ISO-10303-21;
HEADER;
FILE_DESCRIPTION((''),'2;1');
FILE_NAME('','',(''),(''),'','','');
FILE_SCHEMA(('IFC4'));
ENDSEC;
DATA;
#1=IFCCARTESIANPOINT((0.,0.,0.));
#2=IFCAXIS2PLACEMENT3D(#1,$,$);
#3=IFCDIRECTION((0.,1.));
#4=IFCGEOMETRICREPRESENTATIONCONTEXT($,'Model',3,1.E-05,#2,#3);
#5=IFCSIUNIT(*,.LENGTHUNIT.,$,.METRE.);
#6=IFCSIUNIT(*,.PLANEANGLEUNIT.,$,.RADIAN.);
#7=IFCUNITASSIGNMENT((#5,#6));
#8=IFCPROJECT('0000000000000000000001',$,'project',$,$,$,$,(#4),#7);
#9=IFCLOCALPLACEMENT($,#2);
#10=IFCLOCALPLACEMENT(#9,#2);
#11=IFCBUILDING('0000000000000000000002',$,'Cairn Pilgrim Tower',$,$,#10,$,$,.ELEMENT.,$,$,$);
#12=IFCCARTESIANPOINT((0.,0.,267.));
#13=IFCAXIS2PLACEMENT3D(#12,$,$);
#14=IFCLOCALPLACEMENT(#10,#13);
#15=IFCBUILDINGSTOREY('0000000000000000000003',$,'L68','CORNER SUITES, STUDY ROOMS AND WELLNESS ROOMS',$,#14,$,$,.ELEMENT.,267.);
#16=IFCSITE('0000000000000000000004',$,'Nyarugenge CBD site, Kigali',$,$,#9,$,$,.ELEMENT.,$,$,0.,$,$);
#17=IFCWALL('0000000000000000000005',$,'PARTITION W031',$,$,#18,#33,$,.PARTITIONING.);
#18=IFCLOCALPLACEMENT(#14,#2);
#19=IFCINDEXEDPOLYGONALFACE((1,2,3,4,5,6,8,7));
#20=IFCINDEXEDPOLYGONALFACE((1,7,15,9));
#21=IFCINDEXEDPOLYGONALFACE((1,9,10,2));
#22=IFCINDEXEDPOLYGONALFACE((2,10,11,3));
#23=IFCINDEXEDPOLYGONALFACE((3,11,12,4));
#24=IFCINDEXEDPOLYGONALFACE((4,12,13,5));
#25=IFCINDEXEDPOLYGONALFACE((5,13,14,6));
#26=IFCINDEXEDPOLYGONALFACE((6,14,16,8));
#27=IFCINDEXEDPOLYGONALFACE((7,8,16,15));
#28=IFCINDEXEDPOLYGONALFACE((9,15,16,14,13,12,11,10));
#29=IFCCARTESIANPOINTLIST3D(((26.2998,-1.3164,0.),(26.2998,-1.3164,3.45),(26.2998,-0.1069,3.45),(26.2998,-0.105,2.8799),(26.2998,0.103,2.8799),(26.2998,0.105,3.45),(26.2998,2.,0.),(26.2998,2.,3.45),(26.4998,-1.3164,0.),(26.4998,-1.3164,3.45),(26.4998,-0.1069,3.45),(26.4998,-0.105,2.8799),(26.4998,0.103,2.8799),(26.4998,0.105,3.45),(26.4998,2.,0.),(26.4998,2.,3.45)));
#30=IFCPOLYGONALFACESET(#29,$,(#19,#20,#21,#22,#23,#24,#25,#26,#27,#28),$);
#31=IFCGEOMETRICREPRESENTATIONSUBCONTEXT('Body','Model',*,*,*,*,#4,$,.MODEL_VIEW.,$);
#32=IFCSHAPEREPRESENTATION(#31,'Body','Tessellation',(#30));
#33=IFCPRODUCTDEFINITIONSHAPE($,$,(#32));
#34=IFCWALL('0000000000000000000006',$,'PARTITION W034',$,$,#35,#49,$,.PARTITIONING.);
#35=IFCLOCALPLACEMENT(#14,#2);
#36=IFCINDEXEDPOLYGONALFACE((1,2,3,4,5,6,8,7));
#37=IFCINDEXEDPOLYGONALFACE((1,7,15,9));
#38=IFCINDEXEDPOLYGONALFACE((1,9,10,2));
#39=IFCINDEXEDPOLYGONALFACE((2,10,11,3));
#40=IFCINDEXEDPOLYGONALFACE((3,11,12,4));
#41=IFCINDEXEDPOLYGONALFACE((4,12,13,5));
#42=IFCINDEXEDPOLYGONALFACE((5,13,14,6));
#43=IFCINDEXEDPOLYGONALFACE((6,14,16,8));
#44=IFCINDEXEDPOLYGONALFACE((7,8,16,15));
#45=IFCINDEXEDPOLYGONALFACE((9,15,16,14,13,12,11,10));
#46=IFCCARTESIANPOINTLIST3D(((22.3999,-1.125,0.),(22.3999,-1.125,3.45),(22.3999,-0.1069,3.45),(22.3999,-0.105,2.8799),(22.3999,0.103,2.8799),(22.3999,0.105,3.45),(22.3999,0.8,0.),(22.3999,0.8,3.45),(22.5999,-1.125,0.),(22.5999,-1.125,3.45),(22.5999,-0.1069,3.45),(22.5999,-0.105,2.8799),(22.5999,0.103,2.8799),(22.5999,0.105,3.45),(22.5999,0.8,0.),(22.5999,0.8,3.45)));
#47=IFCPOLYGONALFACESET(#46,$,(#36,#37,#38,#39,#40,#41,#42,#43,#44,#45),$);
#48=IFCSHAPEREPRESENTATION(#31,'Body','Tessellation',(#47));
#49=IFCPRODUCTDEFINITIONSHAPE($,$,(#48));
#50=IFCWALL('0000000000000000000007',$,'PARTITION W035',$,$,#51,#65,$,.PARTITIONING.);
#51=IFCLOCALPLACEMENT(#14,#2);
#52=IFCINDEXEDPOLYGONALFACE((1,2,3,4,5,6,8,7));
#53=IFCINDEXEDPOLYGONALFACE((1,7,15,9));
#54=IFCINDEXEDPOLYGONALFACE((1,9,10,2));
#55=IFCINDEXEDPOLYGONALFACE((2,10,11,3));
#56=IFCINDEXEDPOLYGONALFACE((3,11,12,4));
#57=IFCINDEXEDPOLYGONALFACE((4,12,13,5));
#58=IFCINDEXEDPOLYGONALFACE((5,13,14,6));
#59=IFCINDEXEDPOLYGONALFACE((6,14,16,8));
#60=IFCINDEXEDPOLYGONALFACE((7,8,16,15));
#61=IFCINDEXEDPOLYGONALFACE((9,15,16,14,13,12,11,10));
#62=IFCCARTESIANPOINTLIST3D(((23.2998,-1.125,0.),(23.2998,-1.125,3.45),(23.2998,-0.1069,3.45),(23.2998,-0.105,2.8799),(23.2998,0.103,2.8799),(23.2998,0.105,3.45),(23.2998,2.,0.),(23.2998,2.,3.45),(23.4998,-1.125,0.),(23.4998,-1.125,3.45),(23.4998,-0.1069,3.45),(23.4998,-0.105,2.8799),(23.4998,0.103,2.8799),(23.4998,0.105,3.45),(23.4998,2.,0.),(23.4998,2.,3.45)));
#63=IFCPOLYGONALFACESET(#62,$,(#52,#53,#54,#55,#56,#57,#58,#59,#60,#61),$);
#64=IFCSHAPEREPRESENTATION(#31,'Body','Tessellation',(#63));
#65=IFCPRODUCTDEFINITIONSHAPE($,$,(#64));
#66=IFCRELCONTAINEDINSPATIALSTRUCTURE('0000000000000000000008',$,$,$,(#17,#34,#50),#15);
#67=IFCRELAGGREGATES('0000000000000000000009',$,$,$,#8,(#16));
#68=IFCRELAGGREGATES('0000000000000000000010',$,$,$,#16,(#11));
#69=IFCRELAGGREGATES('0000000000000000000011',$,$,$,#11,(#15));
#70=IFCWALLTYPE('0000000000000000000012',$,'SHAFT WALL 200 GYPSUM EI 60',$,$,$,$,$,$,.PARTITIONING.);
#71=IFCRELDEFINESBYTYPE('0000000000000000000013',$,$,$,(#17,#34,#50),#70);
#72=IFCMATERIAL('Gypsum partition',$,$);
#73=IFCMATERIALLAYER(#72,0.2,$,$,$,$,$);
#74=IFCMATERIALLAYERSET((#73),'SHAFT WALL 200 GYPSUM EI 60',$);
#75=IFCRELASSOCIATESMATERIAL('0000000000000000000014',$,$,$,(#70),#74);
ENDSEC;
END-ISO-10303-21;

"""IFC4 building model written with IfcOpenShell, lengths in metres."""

from ifc_helpers import new_model, si_unit, direction, frame, origin, place, context, subcontext, project, spatial, polyline, outline, extrude, material, layer, layer_set, type_object, element, save


model = new_model("IFC4")

# Units and contexts
model_context = context("Model", 3, precision=1e-05, world=origin(), true_north=direction((0.0, 1.0)))
body_context = subcontext(model_context, "Body", "Model", "MODEL_VIEW")
ifc_project = project(units=[si_unit("LENGTHUNIT", "METRE"), si_unit("PLANEANGLEUNIT", "RADIAN")], contexts=[model_context])

# Site, building, storey
site_placement = place(None, origin())
site = spatial("IfcSite", under=ifc_project, at=site_placement, Name="Nyarugenge CBD site, Kigali", CompositionType="ELEMENT", RefElevation=0.0)
building_placement = place(site_placement, origin())
building = spatial("IfcBuilding", under=site, at=building_placement, Name="Cairn Pilgrim Tower", CompositionType="ELEMENT")
storey_placement = place(building_placement, frame((0.0, 0.0, 267.0)))
storey = spatial("IfcBuildingStorey", under=building, at=storey_placement, Name="L68", Description="CORNER SUITES, STUDY ROOMS AND WELLNESS ROOMS", CompositionType="ELEMENT", Elevation=267.0)

# Shared definitions
ifc_material_1 = material(Name="Gypsum partition")

# Walls
ifc_layer_1 = layer(ifc_material_1, 0.2)
ifc_layer_set_1 = layer_set([ifc_layer_1], Name="SHAFT WALL 200 GYPSUM EI 60")
wall_type_1 = type_object("IfcWallType", Name="SHAFT WALL 200 GYPSUM EI 60", PredefinedType="PARTITIONING", material=ifc_layer_set_1)
wall_1_placement = place(storey_placement, frame((26.3999, -1.3164, 0.0), z_axis=(0.0, 0.0, 1.0), x_axis=(0.0, 1.0, 0.0)))
element("IfcWall", 1, at=wall_1_placement, inside=storey, type_object=wall_type_1, Name="PARTITION W031", PredefinedType="PARTITIONING", context=body_context, shape_type="SweptSolid", body=[
    extrude(outline(polyline([(0.0, 0.0), (3.3164, 0.0), (3.3164, 3.45), (1.4214, 3.45), (1.4194, 2.8799), (1.2114, 2.8799), (1.2095, 3.45), (0.0, 3.45), (0.0, 0.0)])), frame((0.0, 0.1001, 0.0), z_axis=(0.0, -1.0, 0.0), x_axis=(1.0, 0.0, 0.0)), (0.0, 0.0, 1.0), 0.2),
])
wall_2_placement = place(storey_placement, frame((22.5, -1.125, 0.0), z_axis=(0.0, 0.0, 1.0), x_axis=(0.0, 1.0, 0.0)))
element("IfcWall", 2, at=wall_2_placement, inside=storey, type_object=wall_type_1, Name="PARTITION W034", PredefinedType="PARTITIONING", context=body_context, shape_type="SweptSolid", body=[
    extrude(outline(polyline([(0.0, 0.0), (1.925, 0.0), (1.925, 3.45), (1.23, 3.45), (1.228, 2.8799), (1.02, 2.8799), (1.0181, 3.45), (0.0, 3.45), (0.0, 0.0)])), frame((0.0, 0.1001, 0.0), z_axis=(0.0, -1.0, 0.0), x_axis=(1.0, 0.0, 0.0)), (0.0, 0.0, 1.0), 0.2),
])
wall_3_placement = place(storey_placement, frame((23.3999, -1.125, 0.0), z_axis=(0.0, 0.0, 1.0), x_axis=(0.0, 1.0, 0.0)))
element("IfcWall", 3, at=wall_3_placement, inside=storey, type_object=wall_type_1, Name="PARTITION W035", PredefinedType="PARTITIONING", context=body_context, shape_type="SweptSolid", body=[
    extrude(outline(polyline([(0.0, 0.0), (3.125, 0.0), (3.125, 3.45), (1.23, 3.45), (1.228, 2.8799), (1.02, 2.8799), (1.0181, 3.45), (0.0, 3.45), (0.0, 0.0)])), frame((0.0, 0.1001, 0.0), z_axis=(0.0, -1.0, 0.0), x_axis=(1.0, 0.0, 0.0)), (0.0, 0.0, 1.0), 0.2),
])

save(model, "model.ifc")
